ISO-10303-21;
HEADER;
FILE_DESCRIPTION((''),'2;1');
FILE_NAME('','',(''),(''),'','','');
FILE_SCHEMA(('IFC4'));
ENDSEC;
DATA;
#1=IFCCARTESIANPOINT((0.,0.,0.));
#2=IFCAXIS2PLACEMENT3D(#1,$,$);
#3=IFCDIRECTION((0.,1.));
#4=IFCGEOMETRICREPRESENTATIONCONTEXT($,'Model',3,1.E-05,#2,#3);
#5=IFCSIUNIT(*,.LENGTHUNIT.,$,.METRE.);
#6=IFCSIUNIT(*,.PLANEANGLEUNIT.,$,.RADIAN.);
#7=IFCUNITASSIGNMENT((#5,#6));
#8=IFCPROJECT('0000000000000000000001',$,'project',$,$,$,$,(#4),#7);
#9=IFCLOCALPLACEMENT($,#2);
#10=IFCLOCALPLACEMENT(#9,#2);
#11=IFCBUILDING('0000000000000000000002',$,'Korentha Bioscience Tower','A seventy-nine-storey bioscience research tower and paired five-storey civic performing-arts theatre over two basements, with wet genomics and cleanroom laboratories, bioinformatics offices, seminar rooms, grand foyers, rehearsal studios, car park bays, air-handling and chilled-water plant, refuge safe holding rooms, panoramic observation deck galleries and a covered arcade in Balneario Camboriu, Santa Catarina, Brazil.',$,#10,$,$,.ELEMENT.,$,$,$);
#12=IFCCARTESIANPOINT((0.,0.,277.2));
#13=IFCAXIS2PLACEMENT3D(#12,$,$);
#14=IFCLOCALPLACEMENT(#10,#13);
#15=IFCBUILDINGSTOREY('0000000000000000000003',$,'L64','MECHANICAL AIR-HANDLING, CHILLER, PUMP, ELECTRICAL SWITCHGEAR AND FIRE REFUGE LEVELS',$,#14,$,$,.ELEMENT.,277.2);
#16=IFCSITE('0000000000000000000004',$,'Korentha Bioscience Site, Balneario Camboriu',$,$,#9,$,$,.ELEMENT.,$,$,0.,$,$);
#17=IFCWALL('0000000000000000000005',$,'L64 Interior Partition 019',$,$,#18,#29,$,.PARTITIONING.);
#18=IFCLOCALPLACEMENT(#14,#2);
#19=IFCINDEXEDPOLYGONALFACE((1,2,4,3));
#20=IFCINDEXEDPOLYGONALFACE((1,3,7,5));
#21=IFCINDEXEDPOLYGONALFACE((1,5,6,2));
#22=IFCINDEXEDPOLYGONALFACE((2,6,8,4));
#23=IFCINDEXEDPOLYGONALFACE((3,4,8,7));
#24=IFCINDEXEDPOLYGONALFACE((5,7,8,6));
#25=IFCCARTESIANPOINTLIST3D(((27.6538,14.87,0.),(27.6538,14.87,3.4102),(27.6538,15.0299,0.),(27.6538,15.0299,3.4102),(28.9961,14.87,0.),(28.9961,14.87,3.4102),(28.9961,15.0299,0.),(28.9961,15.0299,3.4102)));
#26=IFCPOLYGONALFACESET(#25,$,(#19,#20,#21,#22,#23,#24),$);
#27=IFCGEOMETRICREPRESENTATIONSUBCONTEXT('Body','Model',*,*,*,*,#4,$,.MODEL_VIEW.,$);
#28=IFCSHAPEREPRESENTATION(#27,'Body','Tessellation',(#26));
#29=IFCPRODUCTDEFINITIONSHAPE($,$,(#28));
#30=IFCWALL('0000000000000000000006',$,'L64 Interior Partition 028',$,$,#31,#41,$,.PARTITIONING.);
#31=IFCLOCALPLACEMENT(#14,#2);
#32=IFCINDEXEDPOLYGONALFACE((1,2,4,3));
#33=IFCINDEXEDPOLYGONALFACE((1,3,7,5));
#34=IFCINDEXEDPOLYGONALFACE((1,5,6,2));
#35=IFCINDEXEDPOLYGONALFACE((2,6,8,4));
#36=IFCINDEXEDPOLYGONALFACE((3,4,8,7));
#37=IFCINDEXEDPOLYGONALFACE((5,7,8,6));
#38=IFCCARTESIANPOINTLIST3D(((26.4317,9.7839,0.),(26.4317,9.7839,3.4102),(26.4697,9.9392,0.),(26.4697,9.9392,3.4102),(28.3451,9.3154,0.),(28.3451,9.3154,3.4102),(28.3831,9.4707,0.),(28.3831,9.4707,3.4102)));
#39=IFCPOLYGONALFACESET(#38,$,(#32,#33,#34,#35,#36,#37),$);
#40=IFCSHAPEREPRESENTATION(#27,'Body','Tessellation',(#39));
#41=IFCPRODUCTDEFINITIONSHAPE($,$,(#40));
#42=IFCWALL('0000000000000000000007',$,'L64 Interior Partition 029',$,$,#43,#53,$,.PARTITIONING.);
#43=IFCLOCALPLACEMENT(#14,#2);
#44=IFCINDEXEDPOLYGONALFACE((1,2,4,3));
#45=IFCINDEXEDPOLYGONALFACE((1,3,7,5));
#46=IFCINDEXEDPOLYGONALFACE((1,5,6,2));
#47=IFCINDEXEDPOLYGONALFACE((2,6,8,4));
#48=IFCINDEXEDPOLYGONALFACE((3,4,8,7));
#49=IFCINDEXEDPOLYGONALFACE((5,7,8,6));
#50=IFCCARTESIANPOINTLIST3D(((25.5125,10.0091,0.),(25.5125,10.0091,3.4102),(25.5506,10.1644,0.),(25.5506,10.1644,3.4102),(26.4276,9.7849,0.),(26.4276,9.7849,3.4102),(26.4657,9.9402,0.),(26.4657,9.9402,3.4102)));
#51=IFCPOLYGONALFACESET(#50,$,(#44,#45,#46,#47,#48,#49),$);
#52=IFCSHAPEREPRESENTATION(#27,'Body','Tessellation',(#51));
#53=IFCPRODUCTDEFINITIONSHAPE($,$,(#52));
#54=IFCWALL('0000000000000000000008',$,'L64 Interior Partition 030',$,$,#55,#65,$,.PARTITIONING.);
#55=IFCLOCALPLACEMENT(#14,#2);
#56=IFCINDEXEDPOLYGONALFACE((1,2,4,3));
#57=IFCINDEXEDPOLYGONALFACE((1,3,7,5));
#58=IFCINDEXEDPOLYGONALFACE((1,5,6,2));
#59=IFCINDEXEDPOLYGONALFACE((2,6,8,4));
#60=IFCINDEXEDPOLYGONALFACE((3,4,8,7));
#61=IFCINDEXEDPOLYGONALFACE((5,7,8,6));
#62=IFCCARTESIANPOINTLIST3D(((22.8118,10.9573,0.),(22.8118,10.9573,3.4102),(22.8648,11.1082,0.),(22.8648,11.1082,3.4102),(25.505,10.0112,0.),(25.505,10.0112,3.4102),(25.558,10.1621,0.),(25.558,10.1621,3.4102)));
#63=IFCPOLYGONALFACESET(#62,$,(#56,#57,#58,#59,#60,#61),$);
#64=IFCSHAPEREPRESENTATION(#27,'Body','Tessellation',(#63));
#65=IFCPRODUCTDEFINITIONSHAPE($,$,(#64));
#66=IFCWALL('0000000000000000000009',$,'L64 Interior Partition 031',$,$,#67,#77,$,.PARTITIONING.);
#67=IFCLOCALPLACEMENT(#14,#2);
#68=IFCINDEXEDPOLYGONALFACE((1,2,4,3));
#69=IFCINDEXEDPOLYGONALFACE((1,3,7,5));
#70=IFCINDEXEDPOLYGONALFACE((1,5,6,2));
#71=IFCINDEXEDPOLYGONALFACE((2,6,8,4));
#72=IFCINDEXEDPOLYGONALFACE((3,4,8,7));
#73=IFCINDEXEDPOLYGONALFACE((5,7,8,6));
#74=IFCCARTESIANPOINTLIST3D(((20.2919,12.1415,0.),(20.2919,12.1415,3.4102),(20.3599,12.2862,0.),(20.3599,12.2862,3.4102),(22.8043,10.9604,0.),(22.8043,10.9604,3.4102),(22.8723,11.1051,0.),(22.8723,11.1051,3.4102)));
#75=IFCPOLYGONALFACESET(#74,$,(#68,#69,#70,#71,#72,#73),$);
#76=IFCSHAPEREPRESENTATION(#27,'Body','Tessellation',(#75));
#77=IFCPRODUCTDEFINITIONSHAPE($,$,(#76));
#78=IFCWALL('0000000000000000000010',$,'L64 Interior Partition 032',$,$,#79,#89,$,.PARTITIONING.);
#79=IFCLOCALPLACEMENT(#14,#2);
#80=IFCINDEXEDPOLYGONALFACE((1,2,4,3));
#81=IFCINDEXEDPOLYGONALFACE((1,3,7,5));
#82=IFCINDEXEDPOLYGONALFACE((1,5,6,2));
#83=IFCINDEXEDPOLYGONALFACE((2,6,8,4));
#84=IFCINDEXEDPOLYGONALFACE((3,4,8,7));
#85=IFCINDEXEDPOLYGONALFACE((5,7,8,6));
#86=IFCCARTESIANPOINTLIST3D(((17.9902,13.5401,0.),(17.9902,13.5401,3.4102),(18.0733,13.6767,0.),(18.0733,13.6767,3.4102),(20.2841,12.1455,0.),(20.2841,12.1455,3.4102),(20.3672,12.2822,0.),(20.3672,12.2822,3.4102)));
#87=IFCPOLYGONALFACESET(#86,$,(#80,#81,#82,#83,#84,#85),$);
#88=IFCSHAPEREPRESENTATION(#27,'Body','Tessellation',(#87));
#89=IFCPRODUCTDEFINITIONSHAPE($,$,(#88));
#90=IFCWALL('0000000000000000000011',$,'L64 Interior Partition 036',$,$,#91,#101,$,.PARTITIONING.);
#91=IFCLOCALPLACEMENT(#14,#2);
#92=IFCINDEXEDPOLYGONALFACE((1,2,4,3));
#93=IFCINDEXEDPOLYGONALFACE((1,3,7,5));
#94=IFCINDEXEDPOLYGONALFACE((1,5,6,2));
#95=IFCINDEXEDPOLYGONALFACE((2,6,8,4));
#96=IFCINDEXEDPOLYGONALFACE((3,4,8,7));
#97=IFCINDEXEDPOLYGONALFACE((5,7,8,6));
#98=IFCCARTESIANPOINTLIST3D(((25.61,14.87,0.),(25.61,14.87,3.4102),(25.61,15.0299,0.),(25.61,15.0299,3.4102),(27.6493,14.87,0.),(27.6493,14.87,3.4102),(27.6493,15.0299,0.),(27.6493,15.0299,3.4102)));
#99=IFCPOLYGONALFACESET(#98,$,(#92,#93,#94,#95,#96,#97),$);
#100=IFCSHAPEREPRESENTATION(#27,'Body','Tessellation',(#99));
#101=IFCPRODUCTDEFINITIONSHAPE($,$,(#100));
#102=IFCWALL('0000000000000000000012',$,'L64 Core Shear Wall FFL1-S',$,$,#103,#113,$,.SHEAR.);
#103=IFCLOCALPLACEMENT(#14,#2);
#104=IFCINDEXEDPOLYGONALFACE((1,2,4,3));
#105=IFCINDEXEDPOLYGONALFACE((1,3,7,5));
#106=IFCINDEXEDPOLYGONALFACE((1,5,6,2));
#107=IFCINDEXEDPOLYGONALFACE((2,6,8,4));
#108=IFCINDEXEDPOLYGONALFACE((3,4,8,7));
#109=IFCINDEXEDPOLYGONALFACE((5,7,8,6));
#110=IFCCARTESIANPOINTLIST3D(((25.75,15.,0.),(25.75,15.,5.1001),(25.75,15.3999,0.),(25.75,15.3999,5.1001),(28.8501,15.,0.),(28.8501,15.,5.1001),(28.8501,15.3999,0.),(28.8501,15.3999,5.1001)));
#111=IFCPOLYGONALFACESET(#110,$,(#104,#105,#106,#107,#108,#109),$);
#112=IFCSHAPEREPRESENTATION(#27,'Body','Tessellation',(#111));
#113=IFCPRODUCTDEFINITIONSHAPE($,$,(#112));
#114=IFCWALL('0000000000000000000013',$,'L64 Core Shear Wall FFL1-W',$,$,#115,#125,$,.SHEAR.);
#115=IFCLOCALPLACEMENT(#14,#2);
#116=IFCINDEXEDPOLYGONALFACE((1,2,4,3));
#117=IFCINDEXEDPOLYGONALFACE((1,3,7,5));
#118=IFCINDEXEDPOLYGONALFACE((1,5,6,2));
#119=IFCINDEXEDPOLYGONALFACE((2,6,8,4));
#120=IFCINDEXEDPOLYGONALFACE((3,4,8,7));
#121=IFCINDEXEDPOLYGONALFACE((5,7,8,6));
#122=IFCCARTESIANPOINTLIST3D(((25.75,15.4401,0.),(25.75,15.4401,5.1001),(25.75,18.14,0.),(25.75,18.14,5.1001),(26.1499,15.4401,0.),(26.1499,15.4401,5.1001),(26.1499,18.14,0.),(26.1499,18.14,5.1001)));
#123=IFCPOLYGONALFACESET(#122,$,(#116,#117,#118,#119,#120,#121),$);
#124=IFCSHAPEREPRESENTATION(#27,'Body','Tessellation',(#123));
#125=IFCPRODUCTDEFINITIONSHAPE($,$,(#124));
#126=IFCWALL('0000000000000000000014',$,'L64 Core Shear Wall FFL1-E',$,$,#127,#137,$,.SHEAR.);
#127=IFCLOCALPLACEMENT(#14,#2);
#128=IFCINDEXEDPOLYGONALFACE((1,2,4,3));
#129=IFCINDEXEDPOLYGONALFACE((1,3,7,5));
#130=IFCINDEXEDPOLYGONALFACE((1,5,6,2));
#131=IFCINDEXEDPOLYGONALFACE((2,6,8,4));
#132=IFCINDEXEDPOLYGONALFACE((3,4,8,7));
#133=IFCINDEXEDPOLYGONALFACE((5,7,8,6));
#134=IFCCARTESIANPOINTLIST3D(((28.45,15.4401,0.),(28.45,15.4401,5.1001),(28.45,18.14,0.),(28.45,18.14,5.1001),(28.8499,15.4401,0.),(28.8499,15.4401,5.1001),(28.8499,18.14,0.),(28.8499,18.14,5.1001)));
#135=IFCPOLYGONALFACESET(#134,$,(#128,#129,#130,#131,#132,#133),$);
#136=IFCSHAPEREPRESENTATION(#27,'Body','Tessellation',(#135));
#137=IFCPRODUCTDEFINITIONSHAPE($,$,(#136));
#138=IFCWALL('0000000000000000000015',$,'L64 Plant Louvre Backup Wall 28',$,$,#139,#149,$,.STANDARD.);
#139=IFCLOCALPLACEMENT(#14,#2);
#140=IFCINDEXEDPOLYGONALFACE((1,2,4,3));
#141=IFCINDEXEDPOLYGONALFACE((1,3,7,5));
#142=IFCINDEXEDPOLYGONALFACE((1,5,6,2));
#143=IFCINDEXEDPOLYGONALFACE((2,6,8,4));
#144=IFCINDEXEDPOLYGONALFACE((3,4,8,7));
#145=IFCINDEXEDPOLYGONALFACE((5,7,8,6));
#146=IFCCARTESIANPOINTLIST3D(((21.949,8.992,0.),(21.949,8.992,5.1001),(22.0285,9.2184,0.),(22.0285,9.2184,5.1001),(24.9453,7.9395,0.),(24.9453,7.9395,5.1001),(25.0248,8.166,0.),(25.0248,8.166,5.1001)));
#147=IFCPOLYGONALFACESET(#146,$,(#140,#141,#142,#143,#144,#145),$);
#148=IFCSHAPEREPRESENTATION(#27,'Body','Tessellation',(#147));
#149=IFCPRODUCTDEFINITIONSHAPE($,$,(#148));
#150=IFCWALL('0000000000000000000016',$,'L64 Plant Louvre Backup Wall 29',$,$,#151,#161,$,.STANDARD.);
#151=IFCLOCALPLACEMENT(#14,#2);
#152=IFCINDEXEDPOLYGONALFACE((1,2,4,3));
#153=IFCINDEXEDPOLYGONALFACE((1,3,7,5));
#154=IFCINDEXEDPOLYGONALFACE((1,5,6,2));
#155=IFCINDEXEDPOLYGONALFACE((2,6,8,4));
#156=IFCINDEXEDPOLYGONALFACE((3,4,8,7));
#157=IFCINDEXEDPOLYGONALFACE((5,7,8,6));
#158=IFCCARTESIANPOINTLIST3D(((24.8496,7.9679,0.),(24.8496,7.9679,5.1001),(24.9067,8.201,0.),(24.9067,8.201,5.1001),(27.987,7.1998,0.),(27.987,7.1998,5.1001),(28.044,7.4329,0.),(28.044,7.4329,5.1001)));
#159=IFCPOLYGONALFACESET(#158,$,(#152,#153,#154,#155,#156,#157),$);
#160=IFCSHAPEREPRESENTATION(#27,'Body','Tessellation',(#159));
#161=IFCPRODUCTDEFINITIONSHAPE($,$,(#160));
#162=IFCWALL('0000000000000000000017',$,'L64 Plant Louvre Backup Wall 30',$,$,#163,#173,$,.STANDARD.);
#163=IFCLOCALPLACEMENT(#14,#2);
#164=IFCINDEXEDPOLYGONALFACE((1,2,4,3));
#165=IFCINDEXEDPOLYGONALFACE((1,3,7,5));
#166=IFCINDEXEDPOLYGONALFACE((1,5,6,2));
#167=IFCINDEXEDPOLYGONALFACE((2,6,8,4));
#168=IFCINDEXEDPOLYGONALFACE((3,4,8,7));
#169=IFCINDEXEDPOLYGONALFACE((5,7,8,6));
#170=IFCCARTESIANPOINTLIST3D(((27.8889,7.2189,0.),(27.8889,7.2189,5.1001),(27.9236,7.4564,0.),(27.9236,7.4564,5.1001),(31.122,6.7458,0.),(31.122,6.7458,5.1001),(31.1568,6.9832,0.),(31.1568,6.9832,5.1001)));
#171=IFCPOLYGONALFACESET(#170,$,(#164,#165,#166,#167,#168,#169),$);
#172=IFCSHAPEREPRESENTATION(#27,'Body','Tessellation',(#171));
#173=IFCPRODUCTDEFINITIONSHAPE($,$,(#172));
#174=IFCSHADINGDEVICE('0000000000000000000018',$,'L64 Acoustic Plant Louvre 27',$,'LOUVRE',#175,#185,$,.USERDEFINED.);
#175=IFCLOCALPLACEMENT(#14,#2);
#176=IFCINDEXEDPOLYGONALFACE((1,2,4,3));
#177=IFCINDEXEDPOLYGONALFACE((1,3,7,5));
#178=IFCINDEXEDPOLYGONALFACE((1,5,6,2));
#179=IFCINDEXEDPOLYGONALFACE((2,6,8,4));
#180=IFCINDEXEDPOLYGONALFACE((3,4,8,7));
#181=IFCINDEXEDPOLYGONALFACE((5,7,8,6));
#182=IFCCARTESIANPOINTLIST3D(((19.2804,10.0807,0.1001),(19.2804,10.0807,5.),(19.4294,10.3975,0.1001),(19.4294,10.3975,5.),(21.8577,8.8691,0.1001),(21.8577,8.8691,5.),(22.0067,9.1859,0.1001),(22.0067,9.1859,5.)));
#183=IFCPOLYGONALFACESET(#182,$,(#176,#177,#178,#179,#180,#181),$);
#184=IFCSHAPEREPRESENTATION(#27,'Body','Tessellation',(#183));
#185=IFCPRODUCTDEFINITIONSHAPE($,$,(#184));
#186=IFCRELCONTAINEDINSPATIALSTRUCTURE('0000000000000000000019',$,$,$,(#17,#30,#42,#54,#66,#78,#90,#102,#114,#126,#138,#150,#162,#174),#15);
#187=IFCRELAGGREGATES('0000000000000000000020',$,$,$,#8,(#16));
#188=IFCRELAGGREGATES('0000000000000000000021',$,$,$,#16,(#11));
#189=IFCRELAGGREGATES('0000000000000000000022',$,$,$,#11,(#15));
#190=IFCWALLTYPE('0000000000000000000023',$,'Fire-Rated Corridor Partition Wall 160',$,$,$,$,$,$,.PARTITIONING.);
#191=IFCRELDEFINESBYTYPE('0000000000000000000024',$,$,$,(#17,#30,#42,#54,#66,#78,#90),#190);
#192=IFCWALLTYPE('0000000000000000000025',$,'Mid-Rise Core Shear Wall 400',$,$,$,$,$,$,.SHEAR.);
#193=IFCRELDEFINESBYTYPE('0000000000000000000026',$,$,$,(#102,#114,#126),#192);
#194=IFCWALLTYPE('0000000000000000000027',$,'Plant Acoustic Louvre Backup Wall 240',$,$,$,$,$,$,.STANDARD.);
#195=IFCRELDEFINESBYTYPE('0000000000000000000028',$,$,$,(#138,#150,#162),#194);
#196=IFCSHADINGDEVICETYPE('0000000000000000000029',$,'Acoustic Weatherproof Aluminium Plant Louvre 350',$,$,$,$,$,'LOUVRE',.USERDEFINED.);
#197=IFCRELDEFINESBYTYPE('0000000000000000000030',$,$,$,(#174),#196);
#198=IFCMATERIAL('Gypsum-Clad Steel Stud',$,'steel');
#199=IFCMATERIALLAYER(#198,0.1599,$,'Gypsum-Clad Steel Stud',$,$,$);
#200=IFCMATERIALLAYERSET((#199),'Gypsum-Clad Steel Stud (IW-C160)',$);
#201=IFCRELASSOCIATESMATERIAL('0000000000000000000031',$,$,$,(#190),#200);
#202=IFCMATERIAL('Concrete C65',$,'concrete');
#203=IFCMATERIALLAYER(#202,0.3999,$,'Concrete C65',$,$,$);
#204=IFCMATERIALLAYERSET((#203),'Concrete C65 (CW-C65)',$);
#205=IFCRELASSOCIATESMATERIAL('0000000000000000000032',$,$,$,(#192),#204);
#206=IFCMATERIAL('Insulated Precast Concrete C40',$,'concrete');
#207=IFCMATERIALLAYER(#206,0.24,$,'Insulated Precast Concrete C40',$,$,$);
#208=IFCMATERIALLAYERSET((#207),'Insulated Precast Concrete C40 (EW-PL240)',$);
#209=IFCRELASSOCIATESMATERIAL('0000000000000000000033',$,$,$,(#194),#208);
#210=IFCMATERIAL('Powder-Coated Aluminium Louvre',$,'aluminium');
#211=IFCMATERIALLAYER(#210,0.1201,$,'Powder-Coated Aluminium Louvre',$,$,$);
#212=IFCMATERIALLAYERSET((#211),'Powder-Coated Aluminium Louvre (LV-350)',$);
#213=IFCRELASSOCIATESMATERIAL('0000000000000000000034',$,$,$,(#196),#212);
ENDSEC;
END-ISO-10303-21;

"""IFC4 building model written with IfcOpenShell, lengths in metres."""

from ifc_helpers import new_model, si_unit, direction, frame, frame_2d, origin, origin_2d, place, context, subcontext, project, spatial, rectangle, extrude, material, layer, layer_set, type_object, element, save


model = new_model("IFC4")

# Units and contexts
model_context = context("Model", 3, precision=1e-05, world=origin(), true_north=direction((0.0, 1.0)))
body_context = subcontext(model_context, "Body", "Model", "MODEL_VIEW")
ifc_project = project(units=[si_unit("LENGTHUNIT", "METRE"), si_unit("PLANEANGLEUNIT", "RADIAN")], contexts=[model_context])

# Site, building, storey
site_placement = place(None, origin())
site = spatial("IfcSite", under=ifc_project, at=site_placement, Name="Korentha Bioscience Site, Balneario Camboriu", CompositionType="ELEMENT", RefElevation=0.0)
building_placement = place(site_placement, origin())
building = spatial("IfcBuilding", under=site, at=building_placement, Name="Korentha Bioscience Tower", Description="A seventy-nine-storey bioscience research tower and paired five-storey civic performing-arts theatre over two basements, with wet genomics and cleanroom laboratories, bioinformatics offices, seminar rooms, grand foyers, rehearsal studios, car park bays, air-handling and chilled-water plant, refuge safe holding rooms, panoramic observation deck galleries and a covered arcade in Balneario Camboriu, Santa Catarina, Brazil.", CompositionType="ELEMENT")
storey_placement = place(building_placement, frame((0.0, 0.0, 277.2)))
storey = spatial("IfcBuildingStorey", under=building, at=storey_placement, Name="L64", Description="MECHANICAL AIR-HANDLING, CHILLER, PUMP, ELECTRICAL SWITCHGEAR AND FIRE REFUGE LEVELS", CompositionType="ELEMENT", Elevation=277.2)

# Shared definitions
ifc_material_1 = material(Name="Concrete C65", Category="concrete")

# Shared definitions
ifc_material_2 = material(Name="Gypsum-Clad Steel Stud", Category="steel")
ifc_layer_1 = layer(ifc_material_2, 0.1599, Name="Gypsum-Clad Steel Stud")
ifc_layer_set_1 = layer_set([ifc_layer_1], Name="Gypsum-Clad Steel Stud (IW-C160)")
wall_type_1 = type_object("IfcWallType", Name="Fire-Rated Corridor Partition Wall 160", PredefinedType="PARTITIONING", material=ifc_layer_set_1)

# Walls
wall_1_placement = place(storey_placement, frame((27.6538, 14.95, 0.0), z_axis=(0.0, 0.0, 1.0), x_axis=(1.0, 0.0, 0.0)))
element("IfcWall", 1, at=wall_1_placement, inside=storey, type_object=wall_type_1, Name="L64 Interior Partition 019", PredefinedType="PARTITIONING", context=body_context, shape_type="SweptSolid", body=[
    extrude(rectangle(XDim=1.3423, YDim=0.1599, at=frame_2d((0.6711, 0.0))), origin(), (0.0, 0.0, 1.0), 3.4102),
])
wall_2_placement = place(storey_placement, frame((28.364, 9.3931, 0.0), z_axis=(0.0, 0.0, 1.0), x_axis=(-0.971305, 0.237838, 0.0)))
element("IfcWall", 2, at=wall_2_placement, inside=storey, type_object=wall_type_1, Name="L64 Interior Partition 028", PredefinedType="PARTITIONING", context=body_context, shape_type="SweptSolid", body=[
    extrude(rectangle(XDim=1.97, YDim=0.1599, at=frame_2d((0.9849, 0.0))), origin(), (0.0, 0.0, 1.0), 3.4102),
])
wall_3_placement = place(storey_placement, frame((26.4468, 9.8625, 0.0), z_axis=(0.0, 0.0, 1.0), x_axis=(-0.97129, 0.237899, 0.0)))
element("IfcWall", 3, at=wall_3_placement, inside=storey, type_object=wall_type_1, Name="L64 Interior Partition 029", PredefinedType="PARTITIONING", context=body_context, shape_type="SweptSolid", body=[
    extrude(rectangle(XDim=0.9421, YDim=0.1599, at=frame_2d((0.4712, 0.0))), origin(), (0.0, 0.0, 1.0), 3.4102),
])
wall_4_placement = place(storey_placement, frame((25.5315, 10.0867, 0.0), z_axis=(0.0, 0.0, 1.0), x_axis=(-0.94348, 0.331428, 0.0)))
element("IfcWall", 4, at=wall_4_placement, inside=storey, type_object=wall_type_1, Name="L64 Interior Partition 030", PredefinedType="PARTITIONING", context=body_context, shape_type="SweptSolid", body=[
    extrude(rectangle(XDim=2.8545, YDim=0.1599, at=frame_2d((1.4272, 0.0))), origin(), (0.0, 0.0, 1.0), 3.4102),
])
wall_5_placement = place(storey_placement, frame((22.8384, 11.0327, 0.0), z_axis=(0.0, 0.0, 1.0), x_axis=(-0.904982, 0.42545, 0.0)))
element("IfcWall", 5, at=wall_5_placement, inside=storey, type_object=wall_type_1, Name="L64 Interior Partition 031", PredefinedType="PARTITIONING", context=body_context, shape_type="SweptSolid", body=[
    extrude(rectangle(XDim=2.7761, YDim=0.1599, at=frame_2d((1.3882, 0.0))), origin(), (0.0, 0.0, 1.0), 3.4102),
])
wall_6_placement = place(storey_placement, frame((20.3257, 12.2139, 0.0), z_axis=(0.0, 0.0, 1.0), x_axis=(-0.854493, 0.519462, 0.0)))
element("IfcWall", 6, at=wall_6_placement, inside=storey, type_object=wall_type_1, Name="L64 Interior Partition 032", PredefinedType="PARTITIONING", context=body_context, shape_type="SweptSolid", body=[
    extrude(rectangle(XDim=2.6846, YDim=0.1599, at=frame_2d((1.3423, 0.0))), origin(), (0.0, 0.0, 1.0), 3.4102),
])
wall_7_placement = place(storey_placement, frame((25.6101, 14.95, 0.0), z_axis=(0.0, 0.0, 1.0), x_axis=(1.0, 0.0, 0.0)))
element("IfcWall", 7, at=wall_7_placement, inside=storey, type_object=wall_type_1, Name="L64 Interior Partition 036", PredefinedType="PARTITIONING", context=body_context, shape_type="SweptSolid", body=[
    extrude(rectangle(XDim=2.0393, YDim=0.1599, at=frame_2d((1.0195, 0.0))), origin(), (0.0, 0.0, 1.0), 3.4102),
])
ifc_layer_2 = layer(ifc_material_1, 0.3999, Name="Concrete C65")
ifc_layer_set_2 = layer_set([ifc_layer_2], Name="Concrete C65 (CW-C65)")
wall_type_2 = type_object("IfcWallType", Name="Mid-Rise Core Shear Wall 400", PredefinedType="SHEAR", material=ifc_layer_set_2)
wall_8_placement = place(storey_placement, frame((25.75, 15.2, 0.0), z_axis=(0.0, 0.0, 1.0), x_axis=(1.0, 0.0, 0.0)))
element("IfcWall", 8, at=wall_8_placement, inside=storey, type_object=wall_type_2, Name="L64 Core Shear Wall FFL1-S", PredefinedType="SHEAR", context=body_context, shape_type="SweptSolid", body=[
    extrude(rectangle(XDim=3.1001, YDim=0.3999, at=frame_2d((1.55, 0.0))), origin(), (0.0, 0.0, 1.0), 5.1001),
])
for number, where, z_axis, x_axis, name in (
    (9, (25.95, 15.4399, 0.0), (0.0, 0.0, 1.0), (0.0, 1.0, 0.0), "L64 Core Shear Wall FFL1-W"),
    (10, (28.6499, 15.4399, 0.0), (0.0, 0.0, 1.0), (0.0, 1.0, 0.0), "L64 Core Shear Wall FFL1-E"),
):
    element("IfcWall", number, at=place(storey_placement, frame(where, z_axis=z_axis, x_axis=x_axis)), inside=storey, type_object=wall_type_2, Name=name, PredefinedType="SHEAR", context=body_context, shape_type="SweptSolid", body=[
        extrude(rectangle(XDim=2.7, YDim=0.3999, at=frame_2d((1.3501, 0.0))), origin(), (0.0, 0.0, 1.0), 5.1001),
    ])
ifc_material_3 = material(Name="Insulated Precast Concrete C40", Category="concrete")
ifc_layer_3 = layer(ifc_material_3, 0.24, Name="Insulated Precast Concrete C40")
ifc_layer_set_3 = layer_set([ifc_layer_3], Name="Insulated Precast Concrete C40 (EW-PL240)")
wall_type_3 = type_object("IfcWallType", Name="Plant Acoustic Louvre Backup Wall 240", PredefinedType="STANDARD", material=ifc_layer_set_3)
wall_9_placement = place(storey_placement, frame((21.9888, 9.1052, 0.0), z_axis=(0.0, 0.0, 1.0), x_axis=(0.943487, -0.331408, 0.0)))
element("IfcWall", 11, at=wall_9_placement, inside=storey, type_object=wall_type_3, Name="L64 Plant Louvre Backup Wall 28", PredefinedType="STANDARD", context=body_context, shape_type="SweptSolid", body=[
    extrude(rectangle(XDim=3.1758, YDim=0.24, at=frame_2d((1.5879, 0.0))), origin(), (0.0, 0.0, 1.0), 5.1001),
])
wall_10_placement = place(storey_placement, frame((24.8782, 8.0845, 0.0), z_axis=(0.0, 0.0, 1.0), x_axis=(0.971314, -0.237802, 0.0)))
element("IfcWall", 12, at=wall_10_placement, inside=storey, type_object=wall_type_3, Name="L64 Plant Louvre Backup Wall 29", PredefinedType="STANDARD", context=body_context, shape_type="SweptSolid", body=[
    extrude(rectangle(XDim=3.23, YDim=0.24, at=frame_2d((1.615, 0.0))), origin(), (0.0, 0.0, 1.0), 5.1001),
])
wall_11_placement = place(storey_placement, frame((27.9062, 7.3376, 0.0), z_axis=(0.0, 0.0, 1.0), x_axis=(0.989461, -0.144799, 0.0)))
element("IfcWall", 13, at=wall_11_placement, inside=storey, type_object=wall_type_3, Name="L64 Plant Louvre Backup Wall 30", PredefinedType="STANDARD", context=body_context, shape_type="SweptSolid", body=[
    extrude(rectangle(XDim=3.2676, YDim=0.24, at=frame_2d((1.6338, 0.0))), origin(), (0.0, 0.0, 1.0), 5.1001),
])

# Shading device
ifc_material_4 = material(Name="Powder-Coated Aluminium Louvre", Category="aluminium")
ifc_layer_4 = layer(ifc_material_4, 0.1201, Name="Powder-Coated Aluminium Louvre")
ifc_layer_set_4 = layer_set([ifc_layer_4], Name="Powder-Coated Aluminium Louvre (LV-350)")
shading_device_type = type_object("IfcShadingDeviceType", Name="Acoustic Weatherproof Aluminium Plant Louvre 350", ElementType="LOUVRE", PredefinedType="USERDEFINED", material=ifc_layer_set_4)
shading_device_1_placement = place(storey_placement, frame((20.6436, 9.6333, 0.1001), z_axis=(0.0, 0.0, 1.0), x_axis=(0.904984, -0.425446, 0.0)))
element("IfcShadingDevice", 14, at=shading_device_1_placement, inside=storey, type_object=shading_device_type, Name="L64 Acoustic Plant Louvre 27", ObjectType="LOUVRE", PredefinedType="USERDEFINED", context=body_context, shape_type="SweptSolid", body=[
    extrude(rectangle(XDim=2.8479, YDim=0.3501, at=origin_2d()), origin(), (0.0, 0.0, 1.0), 4.8999),
])

save(model, "model.ifc")
